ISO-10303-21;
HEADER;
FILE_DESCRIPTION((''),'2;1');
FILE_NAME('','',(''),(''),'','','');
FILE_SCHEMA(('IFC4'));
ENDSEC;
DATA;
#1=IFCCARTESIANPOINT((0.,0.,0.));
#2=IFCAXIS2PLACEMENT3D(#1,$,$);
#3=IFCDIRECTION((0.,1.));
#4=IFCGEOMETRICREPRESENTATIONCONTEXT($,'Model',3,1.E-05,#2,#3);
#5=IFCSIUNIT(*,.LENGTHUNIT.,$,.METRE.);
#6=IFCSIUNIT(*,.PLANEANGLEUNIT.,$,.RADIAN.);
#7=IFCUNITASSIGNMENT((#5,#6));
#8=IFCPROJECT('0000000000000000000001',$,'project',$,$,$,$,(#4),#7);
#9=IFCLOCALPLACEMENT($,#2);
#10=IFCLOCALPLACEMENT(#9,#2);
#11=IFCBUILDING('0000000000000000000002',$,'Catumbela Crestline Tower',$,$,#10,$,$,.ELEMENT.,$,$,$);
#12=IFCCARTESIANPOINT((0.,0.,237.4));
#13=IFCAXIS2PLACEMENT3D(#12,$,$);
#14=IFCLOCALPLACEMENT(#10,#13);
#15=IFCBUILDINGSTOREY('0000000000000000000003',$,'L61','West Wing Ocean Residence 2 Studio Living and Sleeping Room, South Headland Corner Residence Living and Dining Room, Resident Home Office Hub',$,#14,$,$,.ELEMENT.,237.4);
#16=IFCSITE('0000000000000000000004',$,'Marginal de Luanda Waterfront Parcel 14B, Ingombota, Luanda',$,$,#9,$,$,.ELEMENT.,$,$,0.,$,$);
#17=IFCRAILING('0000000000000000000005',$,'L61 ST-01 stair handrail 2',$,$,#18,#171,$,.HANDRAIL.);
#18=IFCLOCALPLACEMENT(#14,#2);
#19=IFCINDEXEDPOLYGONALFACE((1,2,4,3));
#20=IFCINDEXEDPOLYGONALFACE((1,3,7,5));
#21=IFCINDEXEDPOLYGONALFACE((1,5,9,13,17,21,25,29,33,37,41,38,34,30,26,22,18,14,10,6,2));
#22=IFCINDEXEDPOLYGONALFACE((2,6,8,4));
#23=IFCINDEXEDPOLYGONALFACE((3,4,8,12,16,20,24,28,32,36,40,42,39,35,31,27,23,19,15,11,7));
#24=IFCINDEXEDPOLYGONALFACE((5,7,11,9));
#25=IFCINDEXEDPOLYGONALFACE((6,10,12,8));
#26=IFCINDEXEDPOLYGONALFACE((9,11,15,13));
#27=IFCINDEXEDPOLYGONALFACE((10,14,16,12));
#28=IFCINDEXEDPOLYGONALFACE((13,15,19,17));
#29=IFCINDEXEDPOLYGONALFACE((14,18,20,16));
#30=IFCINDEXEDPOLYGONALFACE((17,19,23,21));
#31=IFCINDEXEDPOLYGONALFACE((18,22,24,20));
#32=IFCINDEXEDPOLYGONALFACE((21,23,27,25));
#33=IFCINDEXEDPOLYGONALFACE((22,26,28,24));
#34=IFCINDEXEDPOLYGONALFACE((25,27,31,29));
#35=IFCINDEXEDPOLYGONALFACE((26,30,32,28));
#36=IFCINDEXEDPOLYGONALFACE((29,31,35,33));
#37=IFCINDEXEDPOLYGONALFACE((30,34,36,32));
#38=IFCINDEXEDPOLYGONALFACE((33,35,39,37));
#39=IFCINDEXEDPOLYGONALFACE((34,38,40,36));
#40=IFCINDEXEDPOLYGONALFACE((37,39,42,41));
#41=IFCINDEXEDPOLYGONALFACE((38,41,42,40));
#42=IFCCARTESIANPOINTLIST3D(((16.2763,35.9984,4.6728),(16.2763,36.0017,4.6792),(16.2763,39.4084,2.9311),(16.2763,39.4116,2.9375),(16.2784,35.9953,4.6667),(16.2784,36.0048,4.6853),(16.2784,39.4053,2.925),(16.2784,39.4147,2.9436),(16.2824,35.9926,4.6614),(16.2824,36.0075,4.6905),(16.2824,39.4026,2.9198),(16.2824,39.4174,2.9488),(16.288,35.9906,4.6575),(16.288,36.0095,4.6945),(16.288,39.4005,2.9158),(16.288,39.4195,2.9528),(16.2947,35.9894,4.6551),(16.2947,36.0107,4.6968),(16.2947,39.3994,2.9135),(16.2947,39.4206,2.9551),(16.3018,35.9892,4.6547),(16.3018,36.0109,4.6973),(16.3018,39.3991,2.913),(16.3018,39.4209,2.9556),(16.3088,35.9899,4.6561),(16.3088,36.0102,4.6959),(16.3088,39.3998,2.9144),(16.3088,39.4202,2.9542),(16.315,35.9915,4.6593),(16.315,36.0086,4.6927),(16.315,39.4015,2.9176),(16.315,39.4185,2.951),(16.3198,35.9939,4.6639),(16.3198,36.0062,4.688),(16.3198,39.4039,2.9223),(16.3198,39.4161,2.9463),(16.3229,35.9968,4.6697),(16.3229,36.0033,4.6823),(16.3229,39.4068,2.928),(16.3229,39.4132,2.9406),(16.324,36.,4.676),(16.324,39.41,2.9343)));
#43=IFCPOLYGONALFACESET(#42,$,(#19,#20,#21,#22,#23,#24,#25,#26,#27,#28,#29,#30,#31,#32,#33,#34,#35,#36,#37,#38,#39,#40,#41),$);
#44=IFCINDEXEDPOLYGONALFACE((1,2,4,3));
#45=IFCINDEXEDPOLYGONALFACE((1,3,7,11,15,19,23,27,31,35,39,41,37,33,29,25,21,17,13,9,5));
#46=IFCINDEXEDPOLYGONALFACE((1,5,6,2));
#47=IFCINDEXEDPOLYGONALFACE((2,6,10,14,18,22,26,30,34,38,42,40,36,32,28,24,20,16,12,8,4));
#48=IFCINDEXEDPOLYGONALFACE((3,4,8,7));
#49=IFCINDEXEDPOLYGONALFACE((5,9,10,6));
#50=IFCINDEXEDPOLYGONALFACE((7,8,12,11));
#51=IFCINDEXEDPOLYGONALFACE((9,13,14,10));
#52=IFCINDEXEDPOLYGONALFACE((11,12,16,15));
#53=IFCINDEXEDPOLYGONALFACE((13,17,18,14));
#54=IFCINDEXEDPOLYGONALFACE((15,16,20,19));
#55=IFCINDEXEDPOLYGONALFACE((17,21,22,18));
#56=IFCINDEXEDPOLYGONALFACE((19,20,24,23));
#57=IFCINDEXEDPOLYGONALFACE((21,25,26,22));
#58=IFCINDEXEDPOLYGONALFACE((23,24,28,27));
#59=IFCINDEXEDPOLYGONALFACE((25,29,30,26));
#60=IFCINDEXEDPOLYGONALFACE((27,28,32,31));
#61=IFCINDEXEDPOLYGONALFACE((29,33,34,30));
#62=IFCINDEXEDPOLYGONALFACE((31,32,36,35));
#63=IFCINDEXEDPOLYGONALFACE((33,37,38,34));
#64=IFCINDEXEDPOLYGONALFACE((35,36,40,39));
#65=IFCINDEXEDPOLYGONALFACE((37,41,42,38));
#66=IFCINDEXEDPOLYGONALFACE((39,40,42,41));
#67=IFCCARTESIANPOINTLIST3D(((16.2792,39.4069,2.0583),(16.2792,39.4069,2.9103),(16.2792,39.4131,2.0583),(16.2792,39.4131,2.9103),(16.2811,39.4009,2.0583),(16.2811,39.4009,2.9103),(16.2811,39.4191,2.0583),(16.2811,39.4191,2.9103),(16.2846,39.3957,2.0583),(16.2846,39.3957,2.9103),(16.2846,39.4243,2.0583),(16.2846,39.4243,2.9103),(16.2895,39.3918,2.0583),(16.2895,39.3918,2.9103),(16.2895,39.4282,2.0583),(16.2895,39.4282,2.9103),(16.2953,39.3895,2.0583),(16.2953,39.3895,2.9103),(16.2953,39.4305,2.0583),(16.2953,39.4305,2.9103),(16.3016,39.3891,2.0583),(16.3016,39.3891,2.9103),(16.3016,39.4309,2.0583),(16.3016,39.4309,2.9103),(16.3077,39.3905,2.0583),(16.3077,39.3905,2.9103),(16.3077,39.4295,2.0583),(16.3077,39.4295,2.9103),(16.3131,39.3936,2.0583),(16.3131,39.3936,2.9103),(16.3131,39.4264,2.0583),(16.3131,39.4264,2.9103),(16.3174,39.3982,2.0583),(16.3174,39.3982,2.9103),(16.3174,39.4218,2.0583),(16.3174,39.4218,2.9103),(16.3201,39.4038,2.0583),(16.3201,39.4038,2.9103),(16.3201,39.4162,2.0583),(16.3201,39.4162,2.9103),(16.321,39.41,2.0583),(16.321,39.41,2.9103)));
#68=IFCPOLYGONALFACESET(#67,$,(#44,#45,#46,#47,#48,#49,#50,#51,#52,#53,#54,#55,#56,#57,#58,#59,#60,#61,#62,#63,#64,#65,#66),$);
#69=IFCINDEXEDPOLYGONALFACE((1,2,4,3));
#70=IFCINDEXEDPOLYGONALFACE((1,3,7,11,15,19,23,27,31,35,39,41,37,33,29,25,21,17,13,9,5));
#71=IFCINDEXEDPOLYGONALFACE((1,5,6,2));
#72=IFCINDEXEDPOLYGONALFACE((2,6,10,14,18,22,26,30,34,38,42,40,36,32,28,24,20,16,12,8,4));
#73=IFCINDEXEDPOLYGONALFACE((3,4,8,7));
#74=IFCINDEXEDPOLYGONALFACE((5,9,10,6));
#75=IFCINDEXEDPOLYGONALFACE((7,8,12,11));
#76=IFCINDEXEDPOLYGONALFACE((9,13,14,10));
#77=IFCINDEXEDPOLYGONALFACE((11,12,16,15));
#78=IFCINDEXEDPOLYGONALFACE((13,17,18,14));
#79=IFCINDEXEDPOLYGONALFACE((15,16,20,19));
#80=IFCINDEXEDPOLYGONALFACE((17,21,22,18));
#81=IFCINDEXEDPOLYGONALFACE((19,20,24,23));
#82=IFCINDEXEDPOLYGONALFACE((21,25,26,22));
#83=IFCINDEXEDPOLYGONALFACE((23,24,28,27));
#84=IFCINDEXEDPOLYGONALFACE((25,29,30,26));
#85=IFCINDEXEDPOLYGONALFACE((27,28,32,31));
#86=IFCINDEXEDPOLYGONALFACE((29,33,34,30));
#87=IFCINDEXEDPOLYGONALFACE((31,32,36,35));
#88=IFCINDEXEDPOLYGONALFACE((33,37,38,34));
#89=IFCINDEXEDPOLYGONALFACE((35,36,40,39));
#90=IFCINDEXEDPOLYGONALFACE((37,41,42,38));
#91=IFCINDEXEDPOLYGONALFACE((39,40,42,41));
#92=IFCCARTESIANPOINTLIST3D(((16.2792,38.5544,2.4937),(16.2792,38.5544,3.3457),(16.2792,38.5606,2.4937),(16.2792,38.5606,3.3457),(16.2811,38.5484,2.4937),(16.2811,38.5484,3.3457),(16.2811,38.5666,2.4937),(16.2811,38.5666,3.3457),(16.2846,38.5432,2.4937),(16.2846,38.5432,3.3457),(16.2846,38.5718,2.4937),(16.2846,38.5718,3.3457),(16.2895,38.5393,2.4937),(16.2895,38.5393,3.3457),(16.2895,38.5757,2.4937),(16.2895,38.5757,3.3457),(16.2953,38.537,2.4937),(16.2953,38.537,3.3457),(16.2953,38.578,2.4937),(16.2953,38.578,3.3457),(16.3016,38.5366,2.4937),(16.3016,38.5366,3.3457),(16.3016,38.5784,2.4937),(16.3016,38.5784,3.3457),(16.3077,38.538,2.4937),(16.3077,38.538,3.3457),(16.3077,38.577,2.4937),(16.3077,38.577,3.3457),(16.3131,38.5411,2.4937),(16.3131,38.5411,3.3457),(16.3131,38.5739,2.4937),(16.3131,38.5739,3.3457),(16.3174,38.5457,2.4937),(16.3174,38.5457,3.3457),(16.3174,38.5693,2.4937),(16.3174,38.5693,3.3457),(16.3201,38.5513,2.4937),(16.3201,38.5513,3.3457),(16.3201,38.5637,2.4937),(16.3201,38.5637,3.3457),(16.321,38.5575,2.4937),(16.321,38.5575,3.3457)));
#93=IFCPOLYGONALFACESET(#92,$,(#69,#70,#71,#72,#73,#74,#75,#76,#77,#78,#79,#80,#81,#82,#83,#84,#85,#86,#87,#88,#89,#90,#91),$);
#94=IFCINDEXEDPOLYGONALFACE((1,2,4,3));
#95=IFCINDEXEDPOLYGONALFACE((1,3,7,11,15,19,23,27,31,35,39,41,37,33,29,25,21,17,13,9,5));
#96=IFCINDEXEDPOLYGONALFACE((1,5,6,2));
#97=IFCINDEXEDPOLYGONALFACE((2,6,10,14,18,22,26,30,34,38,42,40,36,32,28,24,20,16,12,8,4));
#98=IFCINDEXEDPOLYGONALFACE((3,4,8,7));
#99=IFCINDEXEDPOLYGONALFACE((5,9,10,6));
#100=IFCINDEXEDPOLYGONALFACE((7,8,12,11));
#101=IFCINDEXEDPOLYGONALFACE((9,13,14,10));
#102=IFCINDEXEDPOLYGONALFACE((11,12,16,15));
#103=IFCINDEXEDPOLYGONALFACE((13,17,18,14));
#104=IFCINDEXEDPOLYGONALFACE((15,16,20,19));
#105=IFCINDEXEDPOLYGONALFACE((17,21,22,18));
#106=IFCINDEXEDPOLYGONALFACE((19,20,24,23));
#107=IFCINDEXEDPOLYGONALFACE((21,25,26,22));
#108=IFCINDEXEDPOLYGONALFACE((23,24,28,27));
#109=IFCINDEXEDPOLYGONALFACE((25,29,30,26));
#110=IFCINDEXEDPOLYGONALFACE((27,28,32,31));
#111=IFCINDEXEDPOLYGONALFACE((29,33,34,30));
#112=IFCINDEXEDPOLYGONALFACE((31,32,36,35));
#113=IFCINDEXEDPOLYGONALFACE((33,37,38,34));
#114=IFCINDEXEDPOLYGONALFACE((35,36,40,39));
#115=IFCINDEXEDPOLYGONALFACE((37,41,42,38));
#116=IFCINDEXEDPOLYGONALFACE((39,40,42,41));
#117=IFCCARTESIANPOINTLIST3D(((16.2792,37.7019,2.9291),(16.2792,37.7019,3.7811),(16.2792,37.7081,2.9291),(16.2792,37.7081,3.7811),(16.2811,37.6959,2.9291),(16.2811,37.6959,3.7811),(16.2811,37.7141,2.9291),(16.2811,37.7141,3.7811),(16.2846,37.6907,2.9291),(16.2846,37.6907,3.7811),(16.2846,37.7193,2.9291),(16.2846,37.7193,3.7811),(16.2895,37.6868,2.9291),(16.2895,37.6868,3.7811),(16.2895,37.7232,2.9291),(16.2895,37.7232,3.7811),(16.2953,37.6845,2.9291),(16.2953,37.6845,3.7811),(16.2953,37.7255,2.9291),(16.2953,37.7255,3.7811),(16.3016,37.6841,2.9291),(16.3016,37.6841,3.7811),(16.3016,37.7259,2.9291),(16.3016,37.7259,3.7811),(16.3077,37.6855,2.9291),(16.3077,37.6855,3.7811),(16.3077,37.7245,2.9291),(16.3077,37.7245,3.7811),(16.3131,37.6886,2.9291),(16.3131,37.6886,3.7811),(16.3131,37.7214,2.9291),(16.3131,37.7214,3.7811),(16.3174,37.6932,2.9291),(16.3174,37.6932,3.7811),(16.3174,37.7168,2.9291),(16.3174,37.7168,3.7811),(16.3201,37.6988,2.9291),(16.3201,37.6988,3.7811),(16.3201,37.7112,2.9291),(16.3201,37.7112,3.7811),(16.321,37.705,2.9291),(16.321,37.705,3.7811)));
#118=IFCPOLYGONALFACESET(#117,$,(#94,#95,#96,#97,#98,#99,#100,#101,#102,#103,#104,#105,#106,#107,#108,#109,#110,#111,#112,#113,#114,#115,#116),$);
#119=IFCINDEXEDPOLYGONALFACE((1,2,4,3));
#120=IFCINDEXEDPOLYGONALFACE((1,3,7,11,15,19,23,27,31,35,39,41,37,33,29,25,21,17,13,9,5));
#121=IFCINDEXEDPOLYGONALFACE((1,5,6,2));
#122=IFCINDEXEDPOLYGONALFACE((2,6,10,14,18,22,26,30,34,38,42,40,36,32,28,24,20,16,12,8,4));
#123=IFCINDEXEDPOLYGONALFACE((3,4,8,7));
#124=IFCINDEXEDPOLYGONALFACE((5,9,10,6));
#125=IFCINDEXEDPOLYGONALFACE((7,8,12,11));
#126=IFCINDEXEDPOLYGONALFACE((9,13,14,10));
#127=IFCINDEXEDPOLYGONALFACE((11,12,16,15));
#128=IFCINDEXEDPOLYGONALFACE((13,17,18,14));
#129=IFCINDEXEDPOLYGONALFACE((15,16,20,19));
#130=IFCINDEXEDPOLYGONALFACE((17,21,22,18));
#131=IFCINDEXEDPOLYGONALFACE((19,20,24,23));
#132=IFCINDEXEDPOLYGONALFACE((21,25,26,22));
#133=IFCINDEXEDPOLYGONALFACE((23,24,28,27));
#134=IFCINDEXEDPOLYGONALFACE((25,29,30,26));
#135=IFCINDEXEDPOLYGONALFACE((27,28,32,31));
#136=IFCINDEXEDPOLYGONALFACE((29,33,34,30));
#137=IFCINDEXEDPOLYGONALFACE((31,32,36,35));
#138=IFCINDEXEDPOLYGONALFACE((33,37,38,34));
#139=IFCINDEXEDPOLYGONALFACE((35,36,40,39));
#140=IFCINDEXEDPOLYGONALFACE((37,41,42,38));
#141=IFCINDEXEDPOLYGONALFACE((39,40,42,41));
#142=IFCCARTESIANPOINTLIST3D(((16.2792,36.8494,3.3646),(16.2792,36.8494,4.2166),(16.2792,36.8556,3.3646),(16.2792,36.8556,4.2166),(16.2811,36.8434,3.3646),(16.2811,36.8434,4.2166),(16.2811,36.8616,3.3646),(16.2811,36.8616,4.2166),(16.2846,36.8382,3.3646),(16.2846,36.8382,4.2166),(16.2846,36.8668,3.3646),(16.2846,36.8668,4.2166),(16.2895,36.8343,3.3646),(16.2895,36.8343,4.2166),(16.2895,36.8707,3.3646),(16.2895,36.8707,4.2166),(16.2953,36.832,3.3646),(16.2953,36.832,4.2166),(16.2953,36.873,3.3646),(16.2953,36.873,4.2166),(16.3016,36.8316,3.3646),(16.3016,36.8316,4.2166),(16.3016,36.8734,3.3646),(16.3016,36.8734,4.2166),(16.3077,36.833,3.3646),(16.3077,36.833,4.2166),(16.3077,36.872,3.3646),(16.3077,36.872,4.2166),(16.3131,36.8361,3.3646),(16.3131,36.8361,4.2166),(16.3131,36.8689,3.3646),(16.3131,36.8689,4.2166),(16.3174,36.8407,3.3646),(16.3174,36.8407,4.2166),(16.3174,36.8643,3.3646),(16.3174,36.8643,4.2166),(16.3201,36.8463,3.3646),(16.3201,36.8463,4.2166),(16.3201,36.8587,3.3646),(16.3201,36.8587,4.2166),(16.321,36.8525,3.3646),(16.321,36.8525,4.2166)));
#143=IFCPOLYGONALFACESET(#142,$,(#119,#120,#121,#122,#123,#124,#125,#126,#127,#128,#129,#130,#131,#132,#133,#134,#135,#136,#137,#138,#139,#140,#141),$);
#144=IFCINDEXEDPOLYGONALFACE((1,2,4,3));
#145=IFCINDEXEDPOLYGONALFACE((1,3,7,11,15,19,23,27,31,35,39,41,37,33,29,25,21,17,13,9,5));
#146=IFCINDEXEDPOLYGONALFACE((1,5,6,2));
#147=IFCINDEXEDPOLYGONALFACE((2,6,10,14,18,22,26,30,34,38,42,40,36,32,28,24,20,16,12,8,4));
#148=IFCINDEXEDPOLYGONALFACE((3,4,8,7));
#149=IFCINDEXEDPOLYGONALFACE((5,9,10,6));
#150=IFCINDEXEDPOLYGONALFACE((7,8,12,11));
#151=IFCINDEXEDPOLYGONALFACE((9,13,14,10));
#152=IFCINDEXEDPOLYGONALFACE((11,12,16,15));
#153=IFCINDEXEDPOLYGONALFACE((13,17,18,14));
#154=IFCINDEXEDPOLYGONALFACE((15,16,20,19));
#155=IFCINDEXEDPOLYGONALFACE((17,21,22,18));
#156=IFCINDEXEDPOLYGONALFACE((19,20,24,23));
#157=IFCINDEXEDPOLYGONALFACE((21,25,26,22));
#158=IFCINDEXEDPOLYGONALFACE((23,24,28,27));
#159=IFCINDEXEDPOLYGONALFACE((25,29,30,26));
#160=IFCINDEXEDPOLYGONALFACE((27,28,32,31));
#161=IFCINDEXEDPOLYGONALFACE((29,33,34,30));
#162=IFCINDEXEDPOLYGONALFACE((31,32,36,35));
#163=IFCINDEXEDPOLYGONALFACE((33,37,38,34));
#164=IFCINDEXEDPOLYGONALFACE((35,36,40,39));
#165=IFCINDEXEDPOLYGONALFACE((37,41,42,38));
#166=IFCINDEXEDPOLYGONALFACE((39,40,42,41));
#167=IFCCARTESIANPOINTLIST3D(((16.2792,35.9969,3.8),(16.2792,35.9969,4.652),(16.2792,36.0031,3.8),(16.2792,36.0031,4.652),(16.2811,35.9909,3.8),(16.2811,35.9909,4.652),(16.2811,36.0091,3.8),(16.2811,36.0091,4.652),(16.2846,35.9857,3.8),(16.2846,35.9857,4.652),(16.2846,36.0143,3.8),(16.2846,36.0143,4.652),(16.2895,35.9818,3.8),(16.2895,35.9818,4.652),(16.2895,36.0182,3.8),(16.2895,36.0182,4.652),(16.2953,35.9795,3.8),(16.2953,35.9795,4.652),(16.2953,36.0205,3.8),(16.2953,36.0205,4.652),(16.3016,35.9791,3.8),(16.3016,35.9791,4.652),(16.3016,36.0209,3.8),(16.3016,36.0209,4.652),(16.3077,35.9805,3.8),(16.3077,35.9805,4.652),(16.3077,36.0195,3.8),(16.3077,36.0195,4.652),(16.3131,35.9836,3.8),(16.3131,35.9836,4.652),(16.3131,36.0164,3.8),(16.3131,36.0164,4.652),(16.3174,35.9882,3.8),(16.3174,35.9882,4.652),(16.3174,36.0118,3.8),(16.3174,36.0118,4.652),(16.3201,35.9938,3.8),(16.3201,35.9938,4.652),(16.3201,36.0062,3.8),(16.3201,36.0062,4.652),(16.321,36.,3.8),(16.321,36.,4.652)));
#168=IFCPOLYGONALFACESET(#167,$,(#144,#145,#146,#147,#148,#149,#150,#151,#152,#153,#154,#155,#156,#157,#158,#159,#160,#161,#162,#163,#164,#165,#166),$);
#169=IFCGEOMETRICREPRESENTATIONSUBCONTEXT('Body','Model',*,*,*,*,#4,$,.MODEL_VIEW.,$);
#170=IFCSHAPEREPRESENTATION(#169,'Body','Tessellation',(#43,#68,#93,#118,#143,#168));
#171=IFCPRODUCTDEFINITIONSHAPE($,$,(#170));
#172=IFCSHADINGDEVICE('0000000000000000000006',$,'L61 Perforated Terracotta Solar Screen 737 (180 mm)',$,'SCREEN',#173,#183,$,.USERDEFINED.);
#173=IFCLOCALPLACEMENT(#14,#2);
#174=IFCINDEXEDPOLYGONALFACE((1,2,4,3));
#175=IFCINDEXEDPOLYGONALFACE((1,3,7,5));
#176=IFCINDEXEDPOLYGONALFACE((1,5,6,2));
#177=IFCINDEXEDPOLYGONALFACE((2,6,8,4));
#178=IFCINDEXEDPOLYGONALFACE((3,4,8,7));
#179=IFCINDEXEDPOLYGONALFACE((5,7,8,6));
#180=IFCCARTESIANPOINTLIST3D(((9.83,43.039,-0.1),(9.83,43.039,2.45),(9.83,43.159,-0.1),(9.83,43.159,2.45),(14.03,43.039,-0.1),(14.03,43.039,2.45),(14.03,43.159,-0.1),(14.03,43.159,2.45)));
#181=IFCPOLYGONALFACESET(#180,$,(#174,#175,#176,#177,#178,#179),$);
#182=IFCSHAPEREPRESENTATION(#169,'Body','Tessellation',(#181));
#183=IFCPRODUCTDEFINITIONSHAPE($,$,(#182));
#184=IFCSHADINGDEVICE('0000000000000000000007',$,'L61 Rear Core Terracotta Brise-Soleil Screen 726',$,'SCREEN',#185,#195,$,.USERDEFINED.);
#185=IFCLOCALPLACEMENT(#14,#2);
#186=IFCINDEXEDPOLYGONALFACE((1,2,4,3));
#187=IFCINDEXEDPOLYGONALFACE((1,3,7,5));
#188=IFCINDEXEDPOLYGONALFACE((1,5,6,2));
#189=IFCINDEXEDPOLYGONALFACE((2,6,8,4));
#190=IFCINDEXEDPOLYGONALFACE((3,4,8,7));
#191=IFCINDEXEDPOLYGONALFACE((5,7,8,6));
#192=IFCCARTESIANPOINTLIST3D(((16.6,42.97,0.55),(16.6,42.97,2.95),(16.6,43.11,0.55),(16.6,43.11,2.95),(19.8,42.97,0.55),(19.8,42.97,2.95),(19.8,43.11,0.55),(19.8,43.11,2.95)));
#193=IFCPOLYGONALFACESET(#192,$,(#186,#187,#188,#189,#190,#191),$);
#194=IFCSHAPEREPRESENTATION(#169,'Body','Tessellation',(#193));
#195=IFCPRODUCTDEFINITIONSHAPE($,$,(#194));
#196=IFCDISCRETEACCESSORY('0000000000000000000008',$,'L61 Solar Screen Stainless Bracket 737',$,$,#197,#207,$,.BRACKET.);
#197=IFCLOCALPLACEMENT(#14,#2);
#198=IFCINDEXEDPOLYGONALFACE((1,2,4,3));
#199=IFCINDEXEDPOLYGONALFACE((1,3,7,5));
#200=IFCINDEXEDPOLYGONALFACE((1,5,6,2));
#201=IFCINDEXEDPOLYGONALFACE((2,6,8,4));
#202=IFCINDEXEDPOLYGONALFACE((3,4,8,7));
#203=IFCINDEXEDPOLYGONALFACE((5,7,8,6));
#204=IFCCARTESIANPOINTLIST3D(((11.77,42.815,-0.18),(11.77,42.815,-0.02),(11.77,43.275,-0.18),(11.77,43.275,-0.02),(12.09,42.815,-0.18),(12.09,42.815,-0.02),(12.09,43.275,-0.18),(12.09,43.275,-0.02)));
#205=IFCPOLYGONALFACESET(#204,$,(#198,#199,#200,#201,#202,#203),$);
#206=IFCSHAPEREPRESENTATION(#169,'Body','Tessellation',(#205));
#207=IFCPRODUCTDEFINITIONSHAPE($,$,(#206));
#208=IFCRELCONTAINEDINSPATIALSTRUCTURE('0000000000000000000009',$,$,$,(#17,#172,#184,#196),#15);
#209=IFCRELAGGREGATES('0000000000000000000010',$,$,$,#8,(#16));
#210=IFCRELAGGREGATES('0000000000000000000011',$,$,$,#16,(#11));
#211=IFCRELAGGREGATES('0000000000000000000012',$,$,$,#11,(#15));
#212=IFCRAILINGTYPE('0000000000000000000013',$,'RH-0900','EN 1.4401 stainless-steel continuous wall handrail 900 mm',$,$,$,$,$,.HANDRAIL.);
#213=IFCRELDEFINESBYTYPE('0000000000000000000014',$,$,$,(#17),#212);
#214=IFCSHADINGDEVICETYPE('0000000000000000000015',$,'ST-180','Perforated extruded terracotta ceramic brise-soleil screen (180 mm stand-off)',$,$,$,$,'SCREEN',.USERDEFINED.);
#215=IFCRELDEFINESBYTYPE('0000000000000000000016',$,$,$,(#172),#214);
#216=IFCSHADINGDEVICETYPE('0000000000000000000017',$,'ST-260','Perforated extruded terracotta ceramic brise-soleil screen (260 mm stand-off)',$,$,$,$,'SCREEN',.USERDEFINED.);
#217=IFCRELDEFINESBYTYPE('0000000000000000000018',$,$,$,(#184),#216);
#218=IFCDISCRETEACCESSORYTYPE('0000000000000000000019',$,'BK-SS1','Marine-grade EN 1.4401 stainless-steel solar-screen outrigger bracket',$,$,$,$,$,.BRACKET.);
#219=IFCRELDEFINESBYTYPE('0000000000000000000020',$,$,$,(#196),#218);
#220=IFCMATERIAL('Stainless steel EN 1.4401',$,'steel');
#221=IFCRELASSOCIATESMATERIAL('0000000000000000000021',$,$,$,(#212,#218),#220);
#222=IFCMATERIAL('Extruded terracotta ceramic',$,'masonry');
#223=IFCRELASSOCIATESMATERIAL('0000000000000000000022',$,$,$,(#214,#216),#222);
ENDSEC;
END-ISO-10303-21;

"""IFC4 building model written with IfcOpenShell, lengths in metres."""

from ifc_helpers import new_model, si_unit, direction, frame, origin, origin_2d, place, context, subcontext, project, spatial, rectangle, circle, extrude, material, type_object, element, save


model = new_model("IFC4")

# Units and contexts
model_context = context("Model", 3, precision=1e-05, world=origin(), true_north=direction((0.0, 1.0)))
body_context = subcontext(model_context, "Body", "Model", "MODEL_VIEW")
ifc_project = project(units=[si_unit("LENGTHUNIT", "METRE"), si_unit("PLANEANGLEUNIT", "RADIAN")], contexts=[model_context])

# Site, building, storey
site_placement = place(None, origin())
site = spatial("IfcSite", under=ifc_project, at=site_placement, Name="Marginal de Luanda Waterfront Parcel 14B, Ingombota, Luanda", CompositionType="ELEMENT", RefElevation=0.0)
building_placement = place(site_placement, origin())
building = spatial("IfcBuilding", under=site, at=building_placement, Name="Catumbela Crestline Tower", CompositionType="ELEMENT")
storey_placement = place(building_placement, frame((0.0, 0.0, 237.4)))
storey = spatial("IfcBuildingStorey", under=building, at=storey_placement, Name="L61", Description="West Wing Ocean Residence 2 Studio Living and Sleeping Room, South Headland Corner Residence Living and Dining Room, Resident Home Office Hub", CompositionType="ELEMENT", Elevation=237.4)

# Shared definitions
ifc_material_1 = material(Name="Stainless steel EN 1.4401", Category="steel")

# Railing
railing_type_1 = type_object("IfcRailingType", Name="RH-0900", Description="EN 1.4401 stainless-steel continuous wall handrail 900 mm", PredefinedType="HANDRAIL", material=ifc_material_1)
railing_1_placement = place(storey_placement, frame((16.3, 39.41, 2.0583)))
element("IfcRailing", 1, at=railing_1_placement, inside=storey, type_object=railing_type_1, Name="L61 ST-01 stair handrail 2", PredefinedType="HANDRAIL", context=body_context, shape_type="SweptSolid", body=[
    extrude(circle(Radius=0.024, at=origin_2d()), frame((0.0, 0.0, 0.876), z_axis=(0.0, -0.89056, 0.454865), x_axis=(1.0, 0.0, 0.0)), (0.0, 0.0, 1.0), 3.829),
    extrude(circle(Radius=0.021, at=origin_2d()), origin(), (0.0, 0.0, 1.0), 0.852),
    extrude(circle(Radius=0.021, at=origin_2d()), frame((0.0, -0.8525, 0.4354)), (0.0, 0.0, 1.0), 0.852),
    extrude(circle(Radius=0.021, at=origin_2d()), frame((0.0, -1.705, 0.8708)), (0.0, 0.0, 1.0), 0.852),
    extrude(circle(Radius=0.021, at=origin_2d()), frame((0.0, -2.5575, 1.3063)), (0.0, 0.0, 1.0), 0.852),
    extrude(circle(Radius=0.021, at=origin_2d()), frame((0.0, -3.41, 1.7417)), (0.0, 0.0, 1.0), 0.852),
])

# Shading devices
ifc_material_2 = material(Name="Extruded terracotta ceramic", Category="masonry")
shading_device_type_1 = type_object("IfcShadingDeviceType", Name="ST-180", Description="Perforated extruded terracotta ceramic brise-soleil screen (180 mm stand-off)", ElementType="SCREEN", PredefinedType="USERDEFINED", material=ifc_material_2)
shading_device_1_placement = place(storey_placement, frame((11.93, 43.099, -0.1), z_axis=(0.0, 0.0, 1.0), x_axis=(-1.0, 0.0, 0.0)))
element("IfcShadingDevice", 2, at=shading_device_1_placement, inside=storey, type_object=shading_device_type_1, Name="L61 Perforated Terracotta Solar Screen 737 (180 mm)", ObjectType="SCREEN", PredefinedType="USERDEFINED", context=body_context, shape_type="SweptSolid", body=[
    extrude(rectangle(XDim=4.2, YDim=0.12, at=origin_2d()), origin(), (0.0, 0.0, 1.0), 2.55),
])
shading_device_type_2 = type_object("IfcShadingDeviceType", Name="ST-260", Description="Perforated extruded terracotta ceramic brise-soleil screen (260 mm stand-off)", ElementType="SCREEN", PredefinedType="USERDEFINED", material=ifc_material_2)
shading_device_2_placement = place(storey_placement, frame((18.2, 43.04, 0.55), z_axis=(0.0, 0.0, 1.0), x_axis=(1.0, 0.0, 0.0)))
element("IfcShadingDevice", 3, at=shading_device_2_placement, inside=storey, type_object=shading_device_type_2, Name="L61 Rear Core Terracotta Brise-Soleil Screen 726", ObjectType="SCREEN", PredefinedType="USERDEFINED", context=body_context, shape_type="SweptSolid", body=[
    extrude(rectangle(XDim=3.2, YDim=0.14, at=origin_2d()), origin(), (0.0, 0.0, 1.0), 2.4),
])

# Discrete accessory
discrete_accessory_type = type_object("IfcDiscreteAccessoryType", Name="BK-SS1", Description="Marine-grade EN 1.4401 stainless-steel solar-screen outrigger bracket", PredefinedType="BRACKET", material=ifc_material_1)
discrete_accessory_placement = place(storey_placement, frame((11.93, 43.045, -0.18), z_axis=(0.0, 0.0, 1.0), x_axis=(-1.0, 0.0, 0.0)))
element("IfcDiscreteAccessory", 4, at=discrete_accessory_placement, inside=storey, type_object=discrete_accessory_type, Name="L61 Solar Screen Stainless Bracket 737", PredefinedType="BRACKET", context=body_context, shape_type="SweptSolid", body=[
    extrude(rectangle(XDim=0.32, YDim=0.46, at=origin_2d()), origin(), (0.0, 0.0, 1.0), 0.16),
])

save(model, "model.ifc")
